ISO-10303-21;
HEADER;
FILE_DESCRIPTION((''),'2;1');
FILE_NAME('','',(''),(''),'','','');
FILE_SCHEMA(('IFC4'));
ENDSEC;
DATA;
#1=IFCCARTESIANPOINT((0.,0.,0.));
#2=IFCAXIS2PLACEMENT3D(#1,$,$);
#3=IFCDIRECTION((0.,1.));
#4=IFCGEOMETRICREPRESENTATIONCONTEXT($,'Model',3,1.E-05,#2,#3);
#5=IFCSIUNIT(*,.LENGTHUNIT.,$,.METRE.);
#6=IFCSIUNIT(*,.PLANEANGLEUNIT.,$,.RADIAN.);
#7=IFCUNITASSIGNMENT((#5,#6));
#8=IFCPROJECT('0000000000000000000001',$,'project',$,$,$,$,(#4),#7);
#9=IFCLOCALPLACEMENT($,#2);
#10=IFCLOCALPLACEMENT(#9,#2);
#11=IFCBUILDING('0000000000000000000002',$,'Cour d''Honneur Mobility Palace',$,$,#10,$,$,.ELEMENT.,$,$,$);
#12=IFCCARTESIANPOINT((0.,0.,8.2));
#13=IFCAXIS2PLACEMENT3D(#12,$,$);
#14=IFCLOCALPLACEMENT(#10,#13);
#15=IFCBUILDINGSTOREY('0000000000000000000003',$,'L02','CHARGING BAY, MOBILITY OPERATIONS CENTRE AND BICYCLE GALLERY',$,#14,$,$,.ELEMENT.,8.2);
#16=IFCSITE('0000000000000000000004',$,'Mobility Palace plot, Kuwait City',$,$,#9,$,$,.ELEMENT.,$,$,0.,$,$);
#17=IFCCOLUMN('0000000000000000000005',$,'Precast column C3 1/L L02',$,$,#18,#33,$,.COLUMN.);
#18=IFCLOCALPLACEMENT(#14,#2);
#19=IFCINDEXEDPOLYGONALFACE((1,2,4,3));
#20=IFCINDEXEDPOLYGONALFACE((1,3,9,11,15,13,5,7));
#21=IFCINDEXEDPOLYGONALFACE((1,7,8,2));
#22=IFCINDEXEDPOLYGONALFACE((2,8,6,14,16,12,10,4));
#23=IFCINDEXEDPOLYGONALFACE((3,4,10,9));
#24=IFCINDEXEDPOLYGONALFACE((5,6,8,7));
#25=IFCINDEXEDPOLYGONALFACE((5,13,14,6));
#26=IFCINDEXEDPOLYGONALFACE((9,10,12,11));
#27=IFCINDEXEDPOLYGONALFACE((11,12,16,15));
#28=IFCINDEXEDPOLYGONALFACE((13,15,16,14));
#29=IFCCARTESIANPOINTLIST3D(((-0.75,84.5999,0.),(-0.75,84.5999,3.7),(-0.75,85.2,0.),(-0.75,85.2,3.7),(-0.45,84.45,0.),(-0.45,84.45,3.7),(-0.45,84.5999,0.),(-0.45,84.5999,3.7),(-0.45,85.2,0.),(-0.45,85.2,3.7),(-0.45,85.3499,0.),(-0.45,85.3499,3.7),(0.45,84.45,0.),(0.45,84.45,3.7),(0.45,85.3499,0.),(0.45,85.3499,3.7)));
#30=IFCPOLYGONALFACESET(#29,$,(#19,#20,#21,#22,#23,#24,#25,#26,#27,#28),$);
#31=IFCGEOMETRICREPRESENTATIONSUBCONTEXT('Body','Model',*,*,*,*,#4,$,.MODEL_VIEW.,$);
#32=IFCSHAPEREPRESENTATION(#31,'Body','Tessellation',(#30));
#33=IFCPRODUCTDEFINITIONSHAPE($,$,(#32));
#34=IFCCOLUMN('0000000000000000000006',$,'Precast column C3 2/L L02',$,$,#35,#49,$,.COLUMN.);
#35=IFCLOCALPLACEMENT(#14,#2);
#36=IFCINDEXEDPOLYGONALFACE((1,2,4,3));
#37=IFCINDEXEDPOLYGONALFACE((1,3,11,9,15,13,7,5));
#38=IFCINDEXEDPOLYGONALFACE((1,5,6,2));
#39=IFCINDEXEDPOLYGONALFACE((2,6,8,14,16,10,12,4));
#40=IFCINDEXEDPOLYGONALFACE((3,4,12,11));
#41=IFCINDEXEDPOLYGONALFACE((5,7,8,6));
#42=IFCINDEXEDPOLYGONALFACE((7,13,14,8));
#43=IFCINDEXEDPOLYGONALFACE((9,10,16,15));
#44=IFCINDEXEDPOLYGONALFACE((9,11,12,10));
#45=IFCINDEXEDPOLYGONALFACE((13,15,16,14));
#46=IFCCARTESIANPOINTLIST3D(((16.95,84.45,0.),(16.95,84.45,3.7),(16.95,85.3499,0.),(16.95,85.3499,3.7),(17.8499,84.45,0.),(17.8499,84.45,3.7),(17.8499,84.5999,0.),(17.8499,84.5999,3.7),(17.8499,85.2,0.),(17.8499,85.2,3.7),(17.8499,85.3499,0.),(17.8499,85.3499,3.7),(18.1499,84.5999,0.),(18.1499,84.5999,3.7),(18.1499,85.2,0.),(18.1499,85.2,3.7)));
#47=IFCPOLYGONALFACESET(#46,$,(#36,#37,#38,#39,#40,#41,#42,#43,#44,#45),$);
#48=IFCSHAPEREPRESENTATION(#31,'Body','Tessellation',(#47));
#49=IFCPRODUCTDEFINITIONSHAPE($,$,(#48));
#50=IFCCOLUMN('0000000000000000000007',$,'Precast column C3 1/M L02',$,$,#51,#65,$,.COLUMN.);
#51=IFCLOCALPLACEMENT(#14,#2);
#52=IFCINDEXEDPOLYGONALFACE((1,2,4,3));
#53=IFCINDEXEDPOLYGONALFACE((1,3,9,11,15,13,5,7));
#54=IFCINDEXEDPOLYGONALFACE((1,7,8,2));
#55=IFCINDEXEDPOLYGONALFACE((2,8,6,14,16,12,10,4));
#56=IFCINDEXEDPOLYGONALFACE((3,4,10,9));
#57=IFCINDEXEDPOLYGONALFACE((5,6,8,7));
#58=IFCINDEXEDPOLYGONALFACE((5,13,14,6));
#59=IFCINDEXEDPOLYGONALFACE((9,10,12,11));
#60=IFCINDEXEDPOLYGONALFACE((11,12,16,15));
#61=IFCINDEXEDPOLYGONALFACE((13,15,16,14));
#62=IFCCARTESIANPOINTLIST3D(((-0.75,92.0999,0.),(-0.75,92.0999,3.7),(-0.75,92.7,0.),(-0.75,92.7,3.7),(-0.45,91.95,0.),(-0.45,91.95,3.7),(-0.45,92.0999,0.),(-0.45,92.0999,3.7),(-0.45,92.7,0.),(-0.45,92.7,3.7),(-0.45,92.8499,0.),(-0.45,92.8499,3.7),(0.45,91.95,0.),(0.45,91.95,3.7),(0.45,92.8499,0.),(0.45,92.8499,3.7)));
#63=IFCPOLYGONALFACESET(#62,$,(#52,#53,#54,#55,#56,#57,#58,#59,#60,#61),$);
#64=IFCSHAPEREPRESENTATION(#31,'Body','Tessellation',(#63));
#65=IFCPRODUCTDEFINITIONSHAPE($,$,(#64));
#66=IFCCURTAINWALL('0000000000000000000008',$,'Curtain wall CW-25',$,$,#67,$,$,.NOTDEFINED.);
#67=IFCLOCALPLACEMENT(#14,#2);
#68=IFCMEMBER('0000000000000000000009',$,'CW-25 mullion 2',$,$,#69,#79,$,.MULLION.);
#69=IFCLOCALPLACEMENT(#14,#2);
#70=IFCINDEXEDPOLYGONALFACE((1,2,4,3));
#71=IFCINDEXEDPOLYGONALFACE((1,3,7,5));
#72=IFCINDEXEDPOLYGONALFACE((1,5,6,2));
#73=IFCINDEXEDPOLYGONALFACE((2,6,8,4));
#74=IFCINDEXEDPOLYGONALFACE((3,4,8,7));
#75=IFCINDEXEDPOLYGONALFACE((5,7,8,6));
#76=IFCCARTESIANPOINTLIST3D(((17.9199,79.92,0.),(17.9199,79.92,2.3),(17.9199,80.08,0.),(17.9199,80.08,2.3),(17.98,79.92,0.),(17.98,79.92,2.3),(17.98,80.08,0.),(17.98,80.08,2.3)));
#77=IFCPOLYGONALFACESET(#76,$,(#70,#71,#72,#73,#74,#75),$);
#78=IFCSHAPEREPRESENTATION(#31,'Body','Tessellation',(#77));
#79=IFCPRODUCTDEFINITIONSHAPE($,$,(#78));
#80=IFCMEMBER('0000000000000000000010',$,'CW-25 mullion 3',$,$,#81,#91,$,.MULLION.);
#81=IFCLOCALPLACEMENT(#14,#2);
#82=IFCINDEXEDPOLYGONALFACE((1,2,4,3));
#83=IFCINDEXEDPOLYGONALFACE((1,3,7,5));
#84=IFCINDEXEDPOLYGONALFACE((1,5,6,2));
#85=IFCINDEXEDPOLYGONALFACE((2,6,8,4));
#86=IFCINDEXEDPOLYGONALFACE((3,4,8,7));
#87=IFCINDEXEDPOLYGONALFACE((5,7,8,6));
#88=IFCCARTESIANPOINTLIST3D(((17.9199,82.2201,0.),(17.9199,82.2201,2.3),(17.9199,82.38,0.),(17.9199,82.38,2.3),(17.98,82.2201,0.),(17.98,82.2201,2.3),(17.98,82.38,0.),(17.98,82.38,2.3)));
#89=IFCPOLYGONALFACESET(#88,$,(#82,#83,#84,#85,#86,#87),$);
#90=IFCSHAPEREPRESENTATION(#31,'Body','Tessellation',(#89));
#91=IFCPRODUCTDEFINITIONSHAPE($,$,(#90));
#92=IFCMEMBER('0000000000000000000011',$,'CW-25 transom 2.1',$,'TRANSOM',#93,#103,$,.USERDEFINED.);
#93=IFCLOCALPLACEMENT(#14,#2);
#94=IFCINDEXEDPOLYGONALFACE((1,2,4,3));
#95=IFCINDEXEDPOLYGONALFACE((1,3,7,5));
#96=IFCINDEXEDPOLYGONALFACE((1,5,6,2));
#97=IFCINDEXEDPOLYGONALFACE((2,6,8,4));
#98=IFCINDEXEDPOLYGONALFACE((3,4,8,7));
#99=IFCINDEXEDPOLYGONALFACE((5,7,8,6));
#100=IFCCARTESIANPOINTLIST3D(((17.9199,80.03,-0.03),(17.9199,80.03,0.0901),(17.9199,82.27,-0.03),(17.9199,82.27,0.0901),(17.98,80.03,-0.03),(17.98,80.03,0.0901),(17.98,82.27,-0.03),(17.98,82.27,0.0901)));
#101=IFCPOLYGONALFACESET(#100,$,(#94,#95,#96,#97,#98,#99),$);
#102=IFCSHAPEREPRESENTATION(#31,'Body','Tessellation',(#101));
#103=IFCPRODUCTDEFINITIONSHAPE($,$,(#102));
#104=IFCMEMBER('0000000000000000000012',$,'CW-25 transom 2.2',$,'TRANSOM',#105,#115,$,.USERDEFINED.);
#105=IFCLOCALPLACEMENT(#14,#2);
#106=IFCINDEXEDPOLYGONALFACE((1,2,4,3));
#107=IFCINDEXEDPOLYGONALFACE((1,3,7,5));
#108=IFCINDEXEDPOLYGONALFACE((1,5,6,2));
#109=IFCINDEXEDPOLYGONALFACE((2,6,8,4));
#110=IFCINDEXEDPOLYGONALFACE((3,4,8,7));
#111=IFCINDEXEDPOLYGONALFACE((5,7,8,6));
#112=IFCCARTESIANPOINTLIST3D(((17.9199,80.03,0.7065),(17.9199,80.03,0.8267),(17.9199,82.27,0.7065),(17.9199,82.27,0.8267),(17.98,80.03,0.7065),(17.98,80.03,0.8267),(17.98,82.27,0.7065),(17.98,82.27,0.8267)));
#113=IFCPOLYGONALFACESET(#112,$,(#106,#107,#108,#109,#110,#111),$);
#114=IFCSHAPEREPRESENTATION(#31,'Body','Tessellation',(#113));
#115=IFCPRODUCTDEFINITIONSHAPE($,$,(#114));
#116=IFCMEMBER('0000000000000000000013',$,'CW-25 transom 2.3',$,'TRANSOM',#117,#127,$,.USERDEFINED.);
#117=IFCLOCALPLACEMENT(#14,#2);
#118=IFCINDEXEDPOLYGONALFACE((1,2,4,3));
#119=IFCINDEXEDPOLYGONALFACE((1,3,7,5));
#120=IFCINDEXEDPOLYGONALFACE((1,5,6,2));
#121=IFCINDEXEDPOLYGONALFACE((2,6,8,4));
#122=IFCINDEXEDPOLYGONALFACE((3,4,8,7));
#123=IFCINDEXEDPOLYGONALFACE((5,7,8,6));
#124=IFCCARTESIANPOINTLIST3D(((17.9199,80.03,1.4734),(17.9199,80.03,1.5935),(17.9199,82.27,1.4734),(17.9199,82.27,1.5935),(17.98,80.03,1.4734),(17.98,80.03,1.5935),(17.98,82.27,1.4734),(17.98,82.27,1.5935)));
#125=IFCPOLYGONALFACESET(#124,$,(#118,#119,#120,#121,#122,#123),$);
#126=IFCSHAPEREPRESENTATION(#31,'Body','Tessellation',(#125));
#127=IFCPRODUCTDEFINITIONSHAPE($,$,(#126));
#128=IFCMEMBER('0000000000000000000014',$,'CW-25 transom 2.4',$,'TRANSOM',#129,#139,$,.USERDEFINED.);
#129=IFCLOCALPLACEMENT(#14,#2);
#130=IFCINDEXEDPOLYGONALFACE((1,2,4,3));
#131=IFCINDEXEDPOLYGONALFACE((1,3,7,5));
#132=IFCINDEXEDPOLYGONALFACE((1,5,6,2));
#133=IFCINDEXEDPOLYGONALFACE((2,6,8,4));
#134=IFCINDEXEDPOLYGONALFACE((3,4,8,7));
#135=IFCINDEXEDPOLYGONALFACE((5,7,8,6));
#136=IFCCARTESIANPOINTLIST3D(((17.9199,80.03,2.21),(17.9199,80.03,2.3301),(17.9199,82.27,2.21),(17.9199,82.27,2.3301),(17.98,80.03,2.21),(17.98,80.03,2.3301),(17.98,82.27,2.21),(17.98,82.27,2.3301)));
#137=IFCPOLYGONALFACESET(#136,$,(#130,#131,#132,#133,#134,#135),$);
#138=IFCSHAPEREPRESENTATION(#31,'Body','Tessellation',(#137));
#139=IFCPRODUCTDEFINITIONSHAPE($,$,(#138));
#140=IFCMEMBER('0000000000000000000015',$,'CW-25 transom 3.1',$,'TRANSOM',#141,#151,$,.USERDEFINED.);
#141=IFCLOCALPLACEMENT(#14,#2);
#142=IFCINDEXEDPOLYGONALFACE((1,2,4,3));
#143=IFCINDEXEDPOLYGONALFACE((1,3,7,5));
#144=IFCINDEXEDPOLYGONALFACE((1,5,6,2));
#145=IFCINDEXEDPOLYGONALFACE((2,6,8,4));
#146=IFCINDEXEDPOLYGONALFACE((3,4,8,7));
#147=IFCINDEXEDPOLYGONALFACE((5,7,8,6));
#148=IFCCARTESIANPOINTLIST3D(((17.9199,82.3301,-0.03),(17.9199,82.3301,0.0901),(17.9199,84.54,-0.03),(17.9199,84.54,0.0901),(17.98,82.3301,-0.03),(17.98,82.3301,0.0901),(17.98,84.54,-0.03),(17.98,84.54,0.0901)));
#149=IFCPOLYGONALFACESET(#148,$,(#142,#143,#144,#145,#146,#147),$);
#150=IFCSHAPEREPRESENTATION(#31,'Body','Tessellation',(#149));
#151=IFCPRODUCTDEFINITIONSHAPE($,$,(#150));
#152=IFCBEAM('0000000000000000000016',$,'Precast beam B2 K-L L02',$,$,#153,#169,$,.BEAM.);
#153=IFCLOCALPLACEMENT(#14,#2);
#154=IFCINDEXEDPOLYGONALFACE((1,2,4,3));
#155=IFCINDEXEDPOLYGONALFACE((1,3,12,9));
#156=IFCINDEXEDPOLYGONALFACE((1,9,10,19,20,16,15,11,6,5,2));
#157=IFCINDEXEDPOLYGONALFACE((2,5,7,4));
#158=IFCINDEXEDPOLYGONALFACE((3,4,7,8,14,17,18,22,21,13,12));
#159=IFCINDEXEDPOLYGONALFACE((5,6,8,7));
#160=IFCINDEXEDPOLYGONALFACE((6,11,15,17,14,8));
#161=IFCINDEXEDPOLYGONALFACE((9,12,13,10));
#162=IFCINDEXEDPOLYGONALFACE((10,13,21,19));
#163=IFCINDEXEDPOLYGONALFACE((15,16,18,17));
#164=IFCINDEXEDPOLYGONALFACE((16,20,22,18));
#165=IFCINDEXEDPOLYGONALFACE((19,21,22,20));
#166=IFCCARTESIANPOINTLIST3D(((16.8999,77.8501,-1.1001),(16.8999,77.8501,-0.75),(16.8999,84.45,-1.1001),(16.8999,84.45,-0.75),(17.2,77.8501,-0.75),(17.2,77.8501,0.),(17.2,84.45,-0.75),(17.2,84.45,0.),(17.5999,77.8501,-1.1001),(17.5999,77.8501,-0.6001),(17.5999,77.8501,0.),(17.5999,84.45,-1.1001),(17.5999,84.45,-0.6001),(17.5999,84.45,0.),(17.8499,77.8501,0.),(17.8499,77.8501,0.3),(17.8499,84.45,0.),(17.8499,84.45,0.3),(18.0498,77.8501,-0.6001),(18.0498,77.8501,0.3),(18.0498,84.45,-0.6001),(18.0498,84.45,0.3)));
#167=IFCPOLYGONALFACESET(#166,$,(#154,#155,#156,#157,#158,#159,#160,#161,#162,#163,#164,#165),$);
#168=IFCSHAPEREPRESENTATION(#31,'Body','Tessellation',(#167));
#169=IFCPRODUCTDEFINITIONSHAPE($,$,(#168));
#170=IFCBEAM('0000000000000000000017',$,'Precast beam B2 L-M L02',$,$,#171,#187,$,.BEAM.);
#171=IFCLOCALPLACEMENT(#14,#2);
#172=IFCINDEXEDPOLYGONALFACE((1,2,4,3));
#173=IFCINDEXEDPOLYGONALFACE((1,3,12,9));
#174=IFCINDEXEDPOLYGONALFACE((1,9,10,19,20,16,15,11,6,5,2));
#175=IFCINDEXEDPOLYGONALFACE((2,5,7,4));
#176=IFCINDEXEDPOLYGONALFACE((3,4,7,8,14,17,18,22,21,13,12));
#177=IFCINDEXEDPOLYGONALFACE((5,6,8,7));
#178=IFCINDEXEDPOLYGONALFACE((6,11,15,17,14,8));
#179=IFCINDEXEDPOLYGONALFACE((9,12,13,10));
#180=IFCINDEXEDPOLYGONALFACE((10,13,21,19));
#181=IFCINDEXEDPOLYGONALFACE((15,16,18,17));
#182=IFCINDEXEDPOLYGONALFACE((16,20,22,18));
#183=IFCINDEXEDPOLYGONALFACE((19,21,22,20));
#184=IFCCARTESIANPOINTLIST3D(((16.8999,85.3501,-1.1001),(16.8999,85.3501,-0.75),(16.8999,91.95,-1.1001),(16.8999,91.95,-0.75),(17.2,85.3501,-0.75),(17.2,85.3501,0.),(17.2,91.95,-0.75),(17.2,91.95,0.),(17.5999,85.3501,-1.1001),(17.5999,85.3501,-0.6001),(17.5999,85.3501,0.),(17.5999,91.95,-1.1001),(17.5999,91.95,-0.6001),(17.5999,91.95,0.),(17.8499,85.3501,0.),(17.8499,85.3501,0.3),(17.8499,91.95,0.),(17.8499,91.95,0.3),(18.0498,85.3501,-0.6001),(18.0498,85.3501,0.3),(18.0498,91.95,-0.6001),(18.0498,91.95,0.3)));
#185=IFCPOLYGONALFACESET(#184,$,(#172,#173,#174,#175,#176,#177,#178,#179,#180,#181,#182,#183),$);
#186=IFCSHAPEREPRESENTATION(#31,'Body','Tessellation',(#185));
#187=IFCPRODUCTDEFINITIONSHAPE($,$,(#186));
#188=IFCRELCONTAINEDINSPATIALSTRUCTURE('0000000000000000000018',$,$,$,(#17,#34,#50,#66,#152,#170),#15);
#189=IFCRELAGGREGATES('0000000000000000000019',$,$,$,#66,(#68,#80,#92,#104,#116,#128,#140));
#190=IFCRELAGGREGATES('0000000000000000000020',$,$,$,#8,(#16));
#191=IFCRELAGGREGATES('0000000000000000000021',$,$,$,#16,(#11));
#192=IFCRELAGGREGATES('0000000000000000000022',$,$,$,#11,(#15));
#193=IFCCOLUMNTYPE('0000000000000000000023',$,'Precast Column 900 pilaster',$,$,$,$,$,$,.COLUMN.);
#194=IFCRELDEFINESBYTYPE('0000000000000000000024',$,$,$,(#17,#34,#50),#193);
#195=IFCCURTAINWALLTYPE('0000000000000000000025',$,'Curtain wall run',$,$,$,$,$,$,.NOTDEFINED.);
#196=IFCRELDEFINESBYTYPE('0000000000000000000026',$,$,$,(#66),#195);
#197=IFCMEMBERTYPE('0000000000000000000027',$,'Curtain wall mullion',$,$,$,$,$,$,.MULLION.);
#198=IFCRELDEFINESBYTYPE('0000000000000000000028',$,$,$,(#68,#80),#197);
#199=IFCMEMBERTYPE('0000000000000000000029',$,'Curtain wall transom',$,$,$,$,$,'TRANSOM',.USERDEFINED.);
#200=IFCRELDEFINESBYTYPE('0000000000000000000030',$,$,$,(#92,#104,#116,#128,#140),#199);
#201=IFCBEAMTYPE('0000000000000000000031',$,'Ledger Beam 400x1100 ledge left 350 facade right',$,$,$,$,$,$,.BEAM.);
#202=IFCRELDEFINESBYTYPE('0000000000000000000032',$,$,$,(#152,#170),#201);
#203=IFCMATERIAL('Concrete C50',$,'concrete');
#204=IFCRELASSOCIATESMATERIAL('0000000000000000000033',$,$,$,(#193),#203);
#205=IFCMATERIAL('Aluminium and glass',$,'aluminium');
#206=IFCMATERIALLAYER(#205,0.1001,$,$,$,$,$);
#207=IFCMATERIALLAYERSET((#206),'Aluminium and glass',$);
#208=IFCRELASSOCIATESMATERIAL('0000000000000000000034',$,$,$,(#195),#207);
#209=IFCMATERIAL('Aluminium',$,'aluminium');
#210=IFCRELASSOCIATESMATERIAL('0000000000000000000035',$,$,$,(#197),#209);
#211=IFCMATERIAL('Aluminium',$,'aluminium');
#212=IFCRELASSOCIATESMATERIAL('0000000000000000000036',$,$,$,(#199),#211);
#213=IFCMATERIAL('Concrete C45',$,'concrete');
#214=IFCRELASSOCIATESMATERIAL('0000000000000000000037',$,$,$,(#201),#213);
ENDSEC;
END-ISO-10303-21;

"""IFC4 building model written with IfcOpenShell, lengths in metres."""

from ifc_helpers import new_model, si_unit, direction, frame, origin, origin_2d, place, context, subcontext, project, spatial, polyline, rectangle, outline, extrude, material, layer, layer_set, material_profile, profile_set, type_object, element, aggregate, save


model = new_model("IFC4")

# Units and contexts
model_context = context("Model", 3, precision=1e-05, world=origin(), true_north=direction((0.0, 1.0)))
body_context = subcontext(model_context, "Body", "Model", "MODEL_VIEW")
ifc_project = project(units=[si_unit("LENGTHUNIT", "METRE"), si_unit("PLANEANGLEUNIT", "RADIAN")], contexts=[model_context])

# Site, building, storey
site_placement = place(None, origin())
site = spatial("IfcSite", under=ifc_project, at=site_placement, Name="Mobility Palace plot, Kuwait City", CompositionType="ELEMENT", RefElevation=0.0)
building_placement = place(site_placement, origin())
building = spatial("IfcBuilding", under=site, at=building_placement, Name="Cour d'Honneur Mobility Palace", CompositionType="ELEMENT")
storey_placement = place(building_placement, frame((0.0, 0.0, 8.2)))
storey = spatial("IfcBuildingStorey", under=building, at=storey_placement, Name="L02", Description="CHARGING BAY, MOBILITY OPERATIONS CENTRE AND BICYCLE GALLERY", CompositionType="ELEMENT", Elevation=8.2)

# Columns
ifc_material_1 = material(Name="Concrete C50", Category="concrete")
ifc_material_profile_1 = material_profile(ifc_material_1, outline(polyline([(-0.45, -0.45), (0.45, -0.45), (0.45, -0.3), (0.75, -0.3), (0.75, 0.3), (0.45, 0.3), (0.45, 0.45), (-0.45, 0.45), (-0.45, -0.45)])), Name="PC C900 pilaster")
ifc_profile_set_1 = profile_set([ifc_material_profile_1], Name="Concrete C50")
column_type = type_object("IfcColumnType", Name="Precast Column 900 pilaster", PredefinedType="COLUMN", material=ifc_profile_set_1)
for number, where, z_axis, x_axis, name in (
    (1, (0.0, 84.8999, 0.0), (0.0, 0.0, 1.0), (-1.0, 0.0, 0.0), "Precast column C3 1/L L02"),
    (2, (17.3999, 84.8999, 0.0), (0.0, 0.0, 1.0), (1.0, 0.0, 0.0), "Precast column C3 2/L L02"),
    (3, (0.0, 92.3999, 0.0), (0.0, 0.0, 1.0), (-1.0, 0.0, 0.0), "Precast column C3 1/M L02"),
):
    element("IfcColumn", number, at=place(storey_placement, frame(where, z_axis=z_axis, x_axis=x_axis)), inside=storey, type_object=column_type, Name=name, PredefinedType="COLUMN", context=body_context, shape_type="SweptSolid", body=[
        extrude(outline(polyline([(-0.45, -0.45), (0.45, -0.45), (0.45, -0.3), (0.75, -0.3), (0.75, 0.3), (0.45, 0.3), (0.45, 0.45), (-0.45, 0.45), (-0.45, -0.45)])), origin(), (0.0, 0.0, 1.0), 3.7),
    ])

# Curtain wall, members
ifc_material_2 = material(Name="Aluminium and glass", Category="aluminium")
ifc_layer_1 = layer(ifc_material_2, 0.1001)
ifc_layer_set_1 = layer_set([ifc_layer_1], Name="Aluminium and glass")
curtain_wall_type = type_object("IfcCurtainWallType", Name="Curtain wall run", PredefinedType="NOTDEFINED", material=ifc_layer_set_1)
curtain_wall_placement = place(storey_placement, origin())
curtain_wall = element("IfcCurtainWall", 4, at=curtain_wall_placement, inside=storey, type_object=curtain_wall_type, Name="Curtain wall CW-25", PredefinedType="NOTDEFINED")
ifc_material_3 = material(Name="Aluminium", Category="aluminium")
ifc_material_profile_2 = material_profile(ifc_material_3, rectangle(XDim=0.0601, YDim=0.1599, at=origin_2d()), Name="Curtain wall mullion")
ifc_profile_set_2 = profile_set([ifc_material_profile_2], Name="Aluminium")
member_type_1 = type_object("IfcMemberType", Name="Curtain wall mullion", PredefinedType="MULLION", material=ifc_profile_set_2)
member_1_placement = place(storey_placement, frame((17.95, 80.0, 0.0), z_axis=(0.0, 0.0, 1.0), x_axis=(-1.0, 0.0, 0.0)))
member_1 = element("IfcMember", 5, at=member_1_placement, type_object=member_type_1, Name="CW-25 mullion 2", PredefinedType="MULLION", context=body_context, shape_type="SweptSolid", body=[
    extrude(rectangle(XDim=0.0601, YDim=0.1599, at=origin_2d()), origin(), (0.0, 0.0, 1.0), 2.3),
])
member_2_placement = place(storey_placement, frame((17.95, 82.3, 0.0), z_axis=(0.0, 0.0, 1.0), x_axis=(-1.0, 0.0, 0.0)))
member_2 = element("IfcMember", 6, at=member_2_placement, type_object=member_type_1, Name="CW-25 mullion 3", PredefinedType="MULLION", context=body_context, shape_type="SweptSolid", body=[
    extrude(rectangle(XDim=0.0601, YDim=0.1599, at=origin_2d()), origin(), (0.0, 0.0, 1.0), 2.3),
])
ifc_material_4 = material(Name="Aluminium", Category="aluminium")
ifc_material_profile_3 = material_profile(ifc_material_4, rectangle(XDim=0.0601, YDim=0.1201, at=origin_2d()), Name="Curtain wall transom")
ifc_profile_set_3 = profile_set([ifc_material_profile_3], Name="Aluminium")
member_type_2 = type_object("IfcMemberType", Name="Curtain wall transom", ElementType="TRANSOM", PredefinedType="USERDEFINED", material=ifc_profile_set_3)
member_3_placement = place(storey_placement, frame((17.95, 80.03, 0.03), z_axis=(0.0, 1.0, 0.0), x_axis=(-1.0, 0.0, 0.0)))
member_3 = element("IfcMember", 7, at=member_3_placement, type_object=member_type_2, Name="CW-25 transom 2.1", ObjectType="TRANSOM", PredefinedType="USERDEFINED", context=body_context, shape_type="SweptSolid", body=[
    extrude(rectangle(XDim=0.0601, YDim=0.1201, at=origin_2d()), origin(), (0.0, 0.0, 1.0), 2.24),
])
member_4_placement = place(storey_placement, frame((17.95, 80.03, 0.7666), z_axis=(0.0, 1.0, 0.0), x_axis=(-1.0, 0.0, 0.0)))
member_4 = element("IfcMember", 8, at=member_4_placement, type_object=member_type_2, Name="CW-25 transom 2.2", ObjectType="TRANSOM", PredefinedType="USERDEFINED", context=body_context, shape_type="SweptSolid", body=[
    extrude(rectangle(XDim=0.0601, YDim=0.1201, at=origin_2d()), origin(), (0.0, 0.0, 1.0), 2.24),
])
member_5_placement = place(storey_placement, frame((17.95, 80.03, 1.5334), z_axis=(0.0, 1.0, 0.0), x_axis=(-1.0, 0.0, 0.0)))
member_5 = element("IfcMember", 9, at=member_5_placement, type_object=member_type_2, Name="CW-25 transom 2.3", ObjectType="TRANSOM", PredefinedType="USERDEFINED", context=body_context, shape_type="SweptSolid", body=[
    extrude(rectangle(XDim=0.0601, YDim=0.1201, at=origin_2d()), origin(), (0.0, 0.0, 1.0), 2.24),
])
member_6_placement = place(storey_placement, frame((17.95, 80.03, 2.27), z_axis=(0.0, 1.0, 0.0), x_axis=(-1.0, 0.0, 0.0)))
member_6 = element("IfcMember", 10, at=member_6_placement, type_object=member_type_2, Name="CW-25 transom 2.4", ObjectType="TRANSOM", PredefinedType="USERDEFINED", context=body_context, shape_type="SweptSolid", body=[
    extrude(rectangle(XDim=0.0601, YDim=0.1201, at=origin_2d()), origin(), (0.0, 0.0, 1.0), 2.24),
])
member_7_placement = place(storey_placement, frame((17.95, 82.3301, 0.03), z_axis=(0.0, 1.0, 0.0), x_axis=(-1.0, 0.0, 0.0)))
member_7 = element("IfcMember", 11, at=member_7_placement, type_object=member_type_2, Name="CW-25 transom 3.1", ObjectType="TRANSOM", PredefinedType="USERDEFINED", context=body_context, shape_type="SweptSolid", body=[
    extrude(rectangle(XDim=0.0601, YDim=0.1201, at=origin_2d()), origin(), (0.0, 0.0, 1.0), 2.21),
])

# Beams
ifc_material_5 = material(Name="Concrete C45", Category="concrete")
ifc_material_profile_4 = material_profile(ifc_material_5, outline(polyline([(0.5, -1.1001), (0.5, -0.75), (0.2, -0.75), (0.2, 0.0), (-0.2, 0.0), (-0.45, 0.0), (-0.45, 0.3), (-0.6499, 0.3), (-0.6499, -0.6001), (-0.2, -0.6001), (-0.2, -1.1001), (0.5, -1.1001)])), Name="Ledger Beam 400x1100 ledge left 350 facade right")
ifc_profile_set_4 = profile_set([ifc_material_profile_4], Name="Concrete C45")
beam_type_1 = type_object("IfcBeamType", Name="Ledger Beam 400x1100 ledge left 350 facade right", PredefinedType="BEAM", material=ifc_profile_set_4)
for number, where, z_axis, x_axis, name in (
    (12, (17.3999, 77.8501, 0.0), (0.0, 1.0, 0.0), (-1.0, 0.0, 0.0), "Precast beam B2 K-L L02"),
    (13, (17.3999, 85.3501, 0.0), (0.0, 1.0, 0.0), (-1.0, 0.0, 0.0), "Precast beam B2 L-M L02"),
):
    element("IfcBeam", number, at=place(storey_placement, frame(where, z_axis=z_axis, x_axis=x_axis)), inside=storey, type_object=beam_type_1, Name=name, PredefinedType="BEAM", context=body_context, shape_type="SweptSolid", body=[
        extrude(outline(polyline([(0.5, -1.1001), (0.5, -0.75), (0.2, -0.75), (0.2, 0.0), (-0.2, 0.0), (-0.45, 0.0), (-0.45, 0.3), (-0.6499, 0.3), (-0.6499, -0.6001), (-0.2, -0.6001), (-0.2, -1.1001), (0.5, -1.1001)])), origin(), (0.0, 0.0, 1.0), 6.5999),
    ])

aggregate(curtain_wall, [member_1, member_2, member_3, member_4, member_5, member_6, member_7])

save(model, "model.ifc")
